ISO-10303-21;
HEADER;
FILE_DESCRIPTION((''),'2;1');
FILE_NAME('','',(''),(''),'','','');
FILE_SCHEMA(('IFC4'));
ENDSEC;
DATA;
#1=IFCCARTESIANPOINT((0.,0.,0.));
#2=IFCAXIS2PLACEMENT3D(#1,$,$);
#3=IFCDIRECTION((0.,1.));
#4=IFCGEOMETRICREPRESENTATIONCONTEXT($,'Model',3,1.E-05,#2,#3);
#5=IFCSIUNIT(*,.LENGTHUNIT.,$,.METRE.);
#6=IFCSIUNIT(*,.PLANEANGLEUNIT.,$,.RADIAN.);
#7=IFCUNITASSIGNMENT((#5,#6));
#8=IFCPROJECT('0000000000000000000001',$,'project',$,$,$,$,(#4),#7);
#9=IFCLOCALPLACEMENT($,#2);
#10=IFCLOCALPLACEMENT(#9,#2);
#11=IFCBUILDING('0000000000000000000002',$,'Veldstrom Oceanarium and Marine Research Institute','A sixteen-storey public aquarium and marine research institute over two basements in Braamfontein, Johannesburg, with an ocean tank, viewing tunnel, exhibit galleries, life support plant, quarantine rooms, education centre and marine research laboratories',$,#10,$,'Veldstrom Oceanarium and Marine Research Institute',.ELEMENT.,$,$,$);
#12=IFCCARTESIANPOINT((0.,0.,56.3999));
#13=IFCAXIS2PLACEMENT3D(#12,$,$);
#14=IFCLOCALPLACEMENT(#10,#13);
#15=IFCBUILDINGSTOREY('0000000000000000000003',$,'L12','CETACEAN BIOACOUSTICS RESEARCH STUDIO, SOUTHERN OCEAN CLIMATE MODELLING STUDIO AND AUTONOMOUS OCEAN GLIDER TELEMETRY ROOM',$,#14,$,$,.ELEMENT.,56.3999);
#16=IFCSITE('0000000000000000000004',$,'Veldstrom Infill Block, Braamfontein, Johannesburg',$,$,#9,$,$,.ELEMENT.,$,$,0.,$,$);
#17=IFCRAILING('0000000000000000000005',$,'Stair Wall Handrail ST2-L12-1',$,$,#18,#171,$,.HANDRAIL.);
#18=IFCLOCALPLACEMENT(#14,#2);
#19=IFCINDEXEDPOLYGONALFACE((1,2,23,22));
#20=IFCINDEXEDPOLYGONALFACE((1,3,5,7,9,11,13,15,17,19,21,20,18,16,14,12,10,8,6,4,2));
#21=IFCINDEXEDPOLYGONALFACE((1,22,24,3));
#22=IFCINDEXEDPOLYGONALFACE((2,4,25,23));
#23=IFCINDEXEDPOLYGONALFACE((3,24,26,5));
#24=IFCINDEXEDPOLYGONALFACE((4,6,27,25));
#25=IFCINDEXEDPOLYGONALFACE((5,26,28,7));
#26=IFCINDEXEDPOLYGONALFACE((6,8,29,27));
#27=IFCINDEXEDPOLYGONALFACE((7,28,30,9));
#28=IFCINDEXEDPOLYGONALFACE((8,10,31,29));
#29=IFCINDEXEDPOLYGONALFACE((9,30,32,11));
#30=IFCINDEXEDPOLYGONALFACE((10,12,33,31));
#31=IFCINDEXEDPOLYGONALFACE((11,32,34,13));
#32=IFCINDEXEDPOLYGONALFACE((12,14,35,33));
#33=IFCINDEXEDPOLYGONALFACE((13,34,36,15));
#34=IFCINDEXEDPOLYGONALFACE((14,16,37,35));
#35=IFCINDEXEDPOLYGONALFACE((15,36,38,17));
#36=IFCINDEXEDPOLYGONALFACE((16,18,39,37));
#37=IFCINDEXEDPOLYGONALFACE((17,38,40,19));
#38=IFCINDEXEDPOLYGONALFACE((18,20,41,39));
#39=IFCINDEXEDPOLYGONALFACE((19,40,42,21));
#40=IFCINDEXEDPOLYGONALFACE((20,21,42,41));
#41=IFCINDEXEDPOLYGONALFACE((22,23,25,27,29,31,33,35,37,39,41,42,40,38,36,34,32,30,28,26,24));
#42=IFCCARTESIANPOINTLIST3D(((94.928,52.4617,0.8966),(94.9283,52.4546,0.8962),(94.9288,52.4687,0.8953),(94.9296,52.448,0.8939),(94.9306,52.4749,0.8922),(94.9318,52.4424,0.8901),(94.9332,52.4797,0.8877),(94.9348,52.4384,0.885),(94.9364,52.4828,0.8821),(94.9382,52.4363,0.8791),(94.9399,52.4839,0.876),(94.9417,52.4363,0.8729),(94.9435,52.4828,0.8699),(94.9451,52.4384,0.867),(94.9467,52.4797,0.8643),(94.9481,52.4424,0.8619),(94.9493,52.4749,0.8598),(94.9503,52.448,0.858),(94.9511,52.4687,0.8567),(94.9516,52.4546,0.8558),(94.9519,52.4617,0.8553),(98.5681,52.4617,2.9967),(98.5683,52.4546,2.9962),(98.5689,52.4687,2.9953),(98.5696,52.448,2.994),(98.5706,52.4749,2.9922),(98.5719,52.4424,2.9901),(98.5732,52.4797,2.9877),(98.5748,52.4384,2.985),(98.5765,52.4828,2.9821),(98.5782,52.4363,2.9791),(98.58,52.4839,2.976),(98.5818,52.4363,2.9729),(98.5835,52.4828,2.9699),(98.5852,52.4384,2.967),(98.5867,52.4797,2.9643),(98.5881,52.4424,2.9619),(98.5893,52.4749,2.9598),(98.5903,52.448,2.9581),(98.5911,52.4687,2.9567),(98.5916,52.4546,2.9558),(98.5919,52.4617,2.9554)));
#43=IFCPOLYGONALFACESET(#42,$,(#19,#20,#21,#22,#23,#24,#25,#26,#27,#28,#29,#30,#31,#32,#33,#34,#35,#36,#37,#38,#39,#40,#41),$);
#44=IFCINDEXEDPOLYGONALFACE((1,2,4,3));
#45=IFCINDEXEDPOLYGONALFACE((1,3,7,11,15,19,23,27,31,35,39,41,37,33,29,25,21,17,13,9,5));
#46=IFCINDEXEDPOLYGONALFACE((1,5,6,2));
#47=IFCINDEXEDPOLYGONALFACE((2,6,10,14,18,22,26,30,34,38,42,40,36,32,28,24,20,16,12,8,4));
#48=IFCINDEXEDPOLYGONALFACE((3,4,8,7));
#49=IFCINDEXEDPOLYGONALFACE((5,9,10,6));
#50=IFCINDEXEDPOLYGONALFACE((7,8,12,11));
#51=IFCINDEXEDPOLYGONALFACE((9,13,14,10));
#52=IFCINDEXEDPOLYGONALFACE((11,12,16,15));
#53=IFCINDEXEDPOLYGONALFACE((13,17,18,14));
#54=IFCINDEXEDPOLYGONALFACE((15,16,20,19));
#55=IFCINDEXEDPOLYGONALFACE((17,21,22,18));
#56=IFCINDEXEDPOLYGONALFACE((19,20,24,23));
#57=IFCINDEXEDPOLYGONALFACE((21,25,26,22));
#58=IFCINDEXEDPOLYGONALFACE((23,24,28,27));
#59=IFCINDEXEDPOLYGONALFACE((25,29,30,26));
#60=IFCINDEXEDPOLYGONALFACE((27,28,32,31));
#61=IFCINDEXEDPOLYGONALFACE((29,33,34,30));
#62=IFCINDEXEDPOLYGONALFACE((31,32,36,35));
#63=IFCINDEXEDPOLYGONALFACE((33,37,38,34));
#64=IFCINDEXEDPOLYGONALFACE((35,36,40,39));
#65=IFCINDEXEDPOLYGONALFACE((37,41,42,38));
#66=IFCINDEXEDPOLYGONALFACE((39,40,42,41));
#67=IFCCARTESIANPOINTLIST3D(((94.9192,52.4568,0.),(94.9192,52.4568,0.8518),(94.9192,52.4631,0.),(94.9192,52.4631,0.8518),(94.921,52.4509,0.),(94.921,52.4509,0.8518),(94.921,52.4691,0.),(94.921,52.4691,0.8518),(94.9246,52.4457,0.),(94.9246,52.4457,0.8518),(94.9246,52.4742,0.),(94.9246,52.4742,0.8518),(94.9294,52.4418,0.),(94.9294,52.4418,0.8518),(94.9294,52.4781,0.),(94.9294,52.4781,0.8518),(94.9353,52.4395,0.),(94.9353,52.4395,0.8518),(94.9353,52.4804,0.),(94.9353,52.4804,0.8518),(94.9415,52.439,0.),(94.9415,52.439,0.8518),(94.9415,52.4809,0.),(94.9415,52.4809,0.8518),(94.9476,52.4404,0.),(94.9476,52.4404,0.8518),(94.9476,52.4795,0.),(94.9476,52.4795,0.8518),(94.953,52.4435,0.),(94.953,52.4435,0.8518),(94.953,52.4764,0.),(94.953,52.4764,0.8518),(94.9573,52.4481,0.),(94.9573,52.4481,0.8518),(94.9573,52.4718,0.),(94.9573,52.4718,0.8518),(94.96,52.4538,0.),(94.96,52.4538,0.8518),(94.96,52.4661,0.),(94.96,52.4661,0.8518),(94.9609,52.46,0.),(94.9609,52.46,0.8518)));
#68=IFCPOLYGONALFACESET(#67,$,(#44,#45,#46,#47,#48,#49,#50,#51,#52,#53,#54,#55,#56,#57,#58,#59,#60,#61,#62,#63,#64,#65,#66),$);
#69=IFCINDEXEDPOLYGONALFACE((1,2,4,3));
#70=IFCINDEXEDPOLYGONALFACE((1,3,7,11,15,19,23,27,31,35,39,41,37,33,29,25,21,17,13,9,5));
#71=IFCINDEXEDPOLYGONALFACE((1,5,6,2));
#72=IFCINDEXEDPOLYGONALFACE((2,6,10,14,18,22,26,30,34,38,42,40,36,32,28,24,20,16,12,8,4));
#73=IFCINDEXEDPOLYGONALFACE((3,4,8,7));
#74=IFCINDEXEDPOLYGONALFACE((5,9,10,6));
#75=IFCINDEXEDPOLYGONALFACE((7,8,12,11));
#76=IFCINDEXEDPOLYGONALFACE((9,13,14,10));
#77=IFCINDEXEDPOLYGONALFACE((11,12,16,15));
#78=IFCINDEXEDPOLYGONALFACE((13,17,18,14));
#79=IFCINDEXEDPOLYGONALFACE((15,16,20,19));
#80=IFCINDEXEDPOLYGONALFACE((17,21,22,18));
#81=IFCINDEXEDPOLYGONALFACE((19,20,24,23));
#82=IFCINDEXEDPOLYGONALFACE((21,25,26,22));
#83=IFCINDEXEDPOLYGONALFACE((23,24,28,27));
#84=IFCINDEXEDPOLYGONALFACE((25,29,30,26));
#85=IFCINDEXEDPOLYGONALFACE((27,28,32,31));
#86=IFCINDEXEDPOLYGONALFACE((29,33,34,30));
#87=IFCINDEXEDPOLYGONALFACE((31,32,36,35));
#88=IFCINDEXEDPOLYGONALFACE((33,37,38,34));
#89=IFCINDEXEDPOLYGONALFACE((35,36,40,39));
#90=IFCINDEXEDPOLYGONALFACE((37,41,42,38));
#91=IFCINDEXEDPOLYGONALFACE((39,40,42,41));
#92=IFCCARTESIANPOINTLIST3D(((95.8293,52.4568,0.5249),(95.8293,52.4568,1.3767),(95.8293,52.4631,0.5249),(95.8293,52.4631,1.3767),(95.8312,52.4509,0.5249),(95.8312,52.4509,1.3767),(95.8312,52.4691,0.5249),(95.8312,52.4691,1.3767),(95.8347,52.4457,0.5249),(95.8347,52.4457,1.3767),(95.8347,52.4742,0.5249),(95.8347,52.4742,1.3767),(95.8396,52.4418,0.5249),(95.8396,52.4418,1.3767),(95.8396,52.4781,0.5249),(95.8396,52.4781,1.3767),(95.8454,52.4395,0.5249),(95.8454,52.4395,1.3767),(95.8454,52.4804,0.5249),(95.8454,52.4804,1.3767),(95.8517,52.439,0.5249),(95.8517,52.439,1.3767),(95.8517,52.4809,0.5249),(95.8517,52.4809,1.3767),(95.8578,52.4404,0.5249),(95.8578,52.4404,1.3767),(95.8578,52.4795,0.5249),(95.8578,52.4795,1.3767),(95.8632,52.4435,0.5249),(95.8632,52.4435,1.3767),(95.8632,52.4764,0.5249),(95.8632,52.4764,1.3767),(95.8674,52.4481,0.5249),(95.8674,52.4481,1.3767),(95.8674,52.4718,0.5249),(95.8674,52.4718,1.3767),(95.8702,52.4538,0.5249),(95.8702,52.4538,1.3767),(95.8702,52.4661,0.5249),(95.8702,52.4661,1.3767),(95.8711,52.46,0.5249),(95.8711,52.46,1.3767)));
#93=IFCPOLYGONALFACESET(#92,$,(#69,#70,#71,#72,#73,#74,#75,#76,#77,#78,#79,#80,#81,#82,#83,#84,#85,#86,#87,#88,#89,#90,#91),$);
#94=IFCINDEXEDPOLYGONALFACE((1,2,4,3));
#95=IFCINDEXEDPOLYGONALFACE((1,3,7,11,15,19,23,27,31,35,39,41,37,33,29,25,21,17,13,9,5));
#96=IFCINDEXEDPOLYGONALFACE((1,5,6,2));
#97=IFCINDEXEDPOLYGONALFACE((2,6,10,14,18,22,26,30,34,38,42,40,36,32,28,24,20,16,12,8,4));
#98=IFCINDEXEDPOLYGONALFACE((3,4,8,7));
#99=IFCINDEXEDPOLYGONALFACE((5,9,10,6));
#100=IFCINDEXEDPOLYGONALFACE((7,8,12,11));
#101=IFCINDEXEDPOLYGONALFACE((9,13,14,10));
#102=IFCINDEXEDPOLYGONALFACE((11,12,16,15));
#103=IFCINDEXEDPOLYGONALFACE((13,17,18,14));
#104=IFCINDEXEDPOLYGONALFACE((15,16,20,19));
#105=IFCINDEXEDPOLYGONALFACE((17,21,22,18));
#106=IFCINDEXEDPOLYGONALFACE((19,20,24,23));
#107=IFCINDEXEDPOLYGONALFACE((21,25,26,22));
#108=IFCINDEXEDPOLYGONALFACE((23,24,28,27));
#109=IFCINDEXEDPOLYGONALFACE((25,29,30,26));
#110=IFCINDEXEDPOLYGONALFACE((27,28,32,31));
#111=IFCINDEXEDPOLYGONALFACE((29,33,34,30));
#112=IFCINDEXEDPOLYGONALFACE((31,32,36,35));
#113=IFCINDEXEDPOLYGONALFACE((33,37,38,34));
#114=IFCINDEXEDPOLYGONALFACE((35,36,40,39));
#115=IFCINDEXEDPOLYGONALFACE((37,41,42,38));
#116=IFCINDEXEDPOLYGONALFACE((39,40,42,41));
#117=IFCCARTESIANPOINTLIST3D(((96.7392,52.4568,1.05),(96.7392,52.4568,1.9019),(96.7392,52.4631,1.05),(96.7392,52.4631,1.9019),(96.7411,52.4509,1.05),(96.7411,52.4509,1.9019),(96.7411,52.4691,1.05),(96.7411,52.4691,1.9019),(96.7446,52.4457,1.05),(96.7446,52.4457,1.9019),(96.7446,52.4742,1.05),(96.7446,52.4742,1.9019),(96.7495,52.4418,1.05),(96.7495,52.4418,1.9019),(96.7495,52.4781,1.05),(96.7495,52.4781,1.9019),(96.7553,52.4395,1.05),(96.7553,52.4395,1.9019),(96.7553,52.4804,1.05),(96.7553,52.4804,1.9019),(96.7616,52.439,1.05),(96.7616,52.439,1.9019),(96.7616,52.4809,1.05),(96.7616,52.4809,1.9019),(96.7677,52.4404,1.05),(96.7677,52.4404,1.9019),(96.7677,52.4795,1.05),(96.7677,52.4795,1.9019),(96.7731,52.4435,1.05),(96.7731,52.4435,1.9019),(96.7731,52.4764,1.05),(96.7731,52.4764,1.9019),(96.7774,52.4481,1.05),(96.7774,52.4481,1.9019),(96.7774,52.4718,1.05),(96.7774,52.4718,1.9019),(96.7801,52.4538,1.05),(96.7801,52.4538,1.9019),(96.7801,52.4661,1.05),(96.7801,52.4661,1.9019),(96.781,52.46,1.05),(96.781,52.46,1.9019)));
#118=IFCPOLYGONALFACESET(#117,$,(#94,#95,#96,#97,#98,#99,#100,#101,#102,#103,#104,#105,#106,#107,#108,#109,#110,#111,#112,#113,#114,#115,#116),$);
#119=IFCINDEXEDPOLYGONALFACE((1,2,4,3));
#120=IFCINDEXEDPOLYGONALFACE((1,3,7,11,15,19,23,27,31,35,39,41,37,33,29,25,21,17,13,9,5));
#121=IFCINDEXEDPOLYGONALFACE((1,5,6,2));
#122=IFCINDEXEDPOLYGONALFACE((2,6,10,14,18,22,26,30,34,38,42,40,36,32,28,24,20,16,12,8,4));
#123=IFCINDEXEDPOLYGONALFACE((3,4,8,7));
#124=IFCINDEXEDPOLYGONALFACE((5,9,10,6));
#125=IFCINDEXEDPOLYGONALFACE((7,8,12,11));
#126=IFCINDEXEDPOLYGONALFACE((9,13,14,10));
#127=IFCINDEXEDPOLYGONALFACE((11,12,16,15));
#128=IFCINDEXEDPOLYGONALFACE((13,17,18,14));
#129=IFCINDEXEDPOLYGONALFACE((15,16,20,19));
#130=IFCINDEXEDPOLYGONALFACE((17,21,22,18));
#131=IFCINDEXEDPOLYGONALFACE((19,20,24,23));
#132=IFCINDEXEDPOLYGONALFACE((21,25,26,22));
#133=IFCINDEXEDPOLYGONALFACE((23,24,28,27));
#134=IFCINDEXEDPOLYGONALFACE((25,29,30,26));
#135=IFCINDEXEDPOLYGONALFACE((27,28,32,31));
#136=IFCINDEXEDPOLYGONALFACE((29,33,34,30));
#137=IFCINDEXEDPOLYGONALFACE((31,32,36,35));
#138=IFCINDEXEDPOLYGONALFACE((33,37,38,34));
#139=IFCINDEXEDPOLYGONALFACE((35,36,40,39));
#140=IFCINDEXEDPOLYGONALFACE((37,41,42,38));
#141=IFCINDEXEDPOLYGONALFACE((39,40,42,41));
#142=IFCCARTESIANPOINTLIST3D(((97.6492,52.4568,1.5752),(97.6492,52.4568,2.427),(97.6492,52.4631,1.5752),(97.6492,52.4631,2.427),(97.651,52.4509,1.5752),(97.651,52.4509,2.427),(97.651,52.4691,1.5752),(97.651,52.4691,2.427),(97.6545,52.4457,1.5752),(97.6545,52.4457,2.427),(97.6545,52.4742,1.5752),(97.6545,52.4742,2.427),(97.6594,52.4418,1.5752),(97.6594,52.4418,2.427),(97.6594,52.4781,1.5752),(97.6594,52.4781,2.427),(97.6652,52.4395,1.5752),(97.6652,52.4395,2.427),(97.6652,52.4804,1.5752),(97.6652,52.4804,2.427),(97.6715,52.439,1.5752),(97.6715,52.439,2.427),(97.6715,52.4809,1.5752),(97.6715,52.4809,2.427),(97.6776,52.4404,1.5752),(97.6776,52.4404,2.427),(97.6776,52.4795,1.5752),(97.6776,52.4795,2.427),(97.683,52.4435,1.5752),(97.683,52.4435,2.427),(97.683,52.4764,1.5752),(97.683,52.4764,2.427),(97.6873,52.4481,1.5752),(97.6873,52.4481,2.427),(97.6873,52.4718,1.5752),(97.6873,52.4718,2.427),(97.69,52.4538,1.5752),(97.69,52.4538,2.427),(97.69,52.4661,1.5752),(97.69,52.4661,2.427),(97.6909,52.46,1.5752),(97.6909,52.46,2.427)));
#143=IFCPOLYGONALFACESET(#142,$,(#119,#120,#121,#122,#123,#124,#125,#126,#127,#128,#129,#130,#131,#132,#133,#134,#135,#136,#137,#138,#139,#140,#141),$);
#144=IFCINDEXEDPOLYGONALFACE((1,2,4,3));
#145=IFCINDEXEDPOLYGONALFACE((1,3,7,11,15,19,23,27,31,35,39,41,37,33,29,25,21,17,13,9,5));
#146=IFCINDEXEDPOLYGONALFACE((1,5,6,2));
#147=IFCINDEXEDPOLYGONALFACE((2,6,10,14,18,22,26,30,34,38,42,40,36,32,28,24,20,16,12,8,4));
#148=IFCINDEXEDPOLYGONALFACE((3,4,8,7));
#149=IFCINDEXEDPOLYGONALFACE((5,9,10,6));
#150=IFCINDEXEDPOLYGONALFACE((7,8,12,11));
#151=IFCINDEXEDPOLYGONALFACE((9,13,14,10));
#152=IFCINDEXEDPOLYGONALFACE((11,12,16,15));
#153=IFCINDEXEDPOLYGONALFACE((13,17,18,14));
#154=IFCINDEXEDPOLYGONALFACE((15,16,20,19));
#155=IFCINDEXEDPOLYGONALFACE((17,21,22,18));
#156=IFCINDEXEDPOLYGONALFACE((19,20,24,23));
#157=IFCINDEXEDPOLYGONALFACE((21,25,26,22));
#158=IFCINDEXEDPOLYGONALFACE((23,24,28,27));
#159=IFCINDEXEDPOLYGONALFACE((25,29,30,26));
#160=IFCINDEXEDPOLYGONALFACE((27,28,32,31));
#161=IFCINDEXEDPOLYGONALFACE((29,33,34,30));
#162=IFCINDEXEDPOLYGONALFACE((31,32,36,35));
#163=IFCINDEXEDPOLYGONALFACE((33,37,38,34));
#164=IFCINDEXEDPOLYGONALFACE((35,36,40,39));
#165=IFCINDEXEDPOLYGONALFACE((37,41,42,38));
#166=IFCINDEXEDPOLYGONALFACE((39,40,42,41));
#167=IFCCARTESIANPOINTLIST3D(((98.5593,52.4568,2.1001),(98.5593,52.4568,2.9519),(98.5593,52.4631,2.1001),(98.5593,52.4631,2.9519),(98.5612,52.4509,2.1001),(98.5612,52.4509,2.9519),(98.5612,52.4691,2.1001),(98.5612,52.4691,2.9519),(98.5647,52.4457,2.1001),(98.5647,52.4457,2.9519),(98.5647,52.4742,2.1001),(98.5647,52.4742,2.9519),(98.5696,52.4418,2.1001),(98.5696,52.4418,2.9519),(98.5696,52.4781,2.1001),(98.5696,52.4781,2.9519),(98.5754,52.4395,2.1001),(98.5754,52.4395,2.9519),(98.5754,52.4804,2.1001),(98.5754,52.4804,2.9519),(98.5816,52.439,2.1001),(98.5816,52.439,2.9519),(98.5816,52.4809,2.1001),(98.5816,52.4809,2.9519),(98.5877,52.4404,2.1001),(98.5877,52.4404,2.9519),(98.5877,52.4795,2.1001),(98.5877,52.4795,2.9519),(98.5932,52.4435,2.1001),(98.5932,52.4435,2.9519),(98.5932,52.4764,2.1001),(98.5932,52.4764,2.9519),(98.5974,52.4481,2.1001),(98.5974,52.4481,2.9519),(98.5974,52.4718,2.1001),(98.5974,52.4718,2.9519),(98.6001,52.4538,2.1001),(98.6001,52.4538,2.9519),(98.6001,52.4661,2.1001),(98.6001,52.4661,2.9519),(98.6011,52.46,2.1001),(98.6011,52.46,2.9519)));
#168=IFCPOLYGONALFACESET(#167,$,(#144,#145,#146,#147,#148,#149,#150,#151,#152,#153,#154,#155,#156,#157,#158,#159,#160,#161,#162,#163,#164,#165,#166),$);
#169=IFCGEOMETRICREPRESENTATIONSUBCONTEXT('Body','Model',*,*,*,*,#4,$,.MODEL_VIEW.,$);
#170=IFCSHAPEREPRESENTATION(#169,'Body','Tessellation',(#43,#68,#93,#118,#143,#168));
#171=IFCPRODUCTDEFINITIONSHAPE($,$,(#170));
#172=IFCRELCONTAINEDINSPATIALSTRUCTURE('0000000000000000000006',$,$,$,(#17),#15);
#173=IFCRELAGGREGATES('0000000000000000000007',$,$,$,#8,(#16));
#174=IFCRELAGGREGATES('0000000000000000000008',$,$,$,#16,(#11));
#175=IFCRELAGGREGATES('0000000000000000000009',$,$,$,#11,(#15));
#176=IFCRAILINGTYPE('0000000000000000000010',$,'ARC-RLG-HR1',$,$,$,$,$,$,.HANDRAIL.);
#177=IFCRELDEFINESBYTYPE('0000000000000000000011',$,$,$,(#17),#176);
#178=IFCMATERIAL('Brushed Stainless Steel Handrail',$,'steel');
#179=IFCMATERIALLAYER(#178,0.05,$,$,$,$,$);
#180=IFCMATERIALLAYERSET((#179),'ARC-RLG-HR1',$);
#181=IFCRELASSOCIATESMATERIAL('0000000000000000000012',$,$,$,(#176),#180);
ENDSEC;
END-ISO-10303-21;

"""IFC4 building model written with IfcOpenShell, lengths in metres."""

from ifc_helpers import new_model, si_unit, direction, frame, origin, origin_2d, place, context, subcontext, project, spatial, circle, extrude, material, layer, layer_set, type_object, element, save


model = new_model("IFC4")

# Units and contexts
model_context = context("Model", 3, precision=1e-05, world=origin(), true_north=direction((0.0, 1.0)))
body_context = subcontext(model_context, "Body", "Model", "MODEL_VIEW")
ifc_project = project(units=[si_unit("LENGTHUNIT", "METRE"), si_unit("PLANEANGLEUNIT", "RADIAN")], contexts=[model_context])

# Site, building, storey
site_placement = place(None, origin())
site = spatial("IfcSite", under=ifc_project, at=site_placement, Name="Veldstrom Infill Block, Braamfontein, Johannesburg", CompositionType="ELEMENT", RefElevation=0.0)
building_placement = place(site_placement, origin())
building = spatial("IfcBuilding", under=site, at=building_placement, Name="Veldstrom Oceanarium and Marine Research Institute", Description="A sixteen-storey public aquarium and marine research institute over two basements in Braamfontein, Johannesburg, with an ocean tank, viewing tunnel, exhibit galleries, life support plant, quarantine rooms, education centre and marine research laboratories", LongName="Veldstrom Oceanarium and Marine Research Institute", CompositionType="ELEMENT")
storey_placement = place(building_placement, frame((0.0, 0.0, 56.3999)))
storey = spatial("IfcBuildingStorey", under=building, at=storey_placement, Name="L12", Description="CETACEAN BIOACOUSTICS RESEARCH STUDIO, SOUTHERN OCEAN CLIMATE MODELLING STUDIO AND AUTONOMOUS OCEAN GLIDER TELEMETRY ROOM", CompositionType="ELEMENT", Elevation=56.3999)

# Railing
ifc_material_1 = material(Name="Brushed Stainless Steel Handrail", Category="steel")
ifc_layer_1 = layer(ifc_material_1, 0.05)
ifc_layer_set_1 = layer_set([ifc_layer_1], Name="ARC-RLG-HR1")
railing_type_1 = type_object("IfcRailingType", Name="ARC-RLG-HR1", PredefinedType="HANDRAIL", material=ifc_layer_set_1)
railing_1_placement = place(storey_placement, frame((94.9399, 52.46, 0.0)))
element("IfcRailing", 1, at=railing_1_placement, inside=storey, type_object=railing_type_1, Name="Stair Wall Handrail ST2-L12-1", PredefinedType="HANDRAIL", context=body_context, shape_type="SweptSolid", body=[
    extrude(circle(Radius=0.0239, at=origin_2d()), frame((0.0, 0.0, 0.876), z_axis=(0.866184, 0.0, 0.499726), x_axis=(0.0, 1.0, 0.0)), (0.0, 0.0, 1.0), 4.2024),
    extrude(circle(Radius=0.021, at=origin_2d()), origin(), (0.0, 0.0, 1.0), 0.8518),
    extrude(circle(Radius=0.021, at=origin_2d()), frame((0.9102, 0.0, 0.5249)), (0.0, 0.0, 1.0), 0.8518),
    extrude(circle(Radius=0.021, at=origin_2d()), frame((1.8201, 0.0, 1.05)), (0.0, 0.0, 1.0), 0.8518),
    extrude(circle(Radius=0.021, at=origin_2d()), frame((2.73, 0.0, 1.5752)), (0.0, 0.0, 1.0), 0.8518),
    extrude(circle(Radius=0.021, at=origin_2d()), frame((3.6401, 0.0, 2.1001)), (0.0, 0.0, 1.0), 0.8518),
])

save(model, "model.ifc")
